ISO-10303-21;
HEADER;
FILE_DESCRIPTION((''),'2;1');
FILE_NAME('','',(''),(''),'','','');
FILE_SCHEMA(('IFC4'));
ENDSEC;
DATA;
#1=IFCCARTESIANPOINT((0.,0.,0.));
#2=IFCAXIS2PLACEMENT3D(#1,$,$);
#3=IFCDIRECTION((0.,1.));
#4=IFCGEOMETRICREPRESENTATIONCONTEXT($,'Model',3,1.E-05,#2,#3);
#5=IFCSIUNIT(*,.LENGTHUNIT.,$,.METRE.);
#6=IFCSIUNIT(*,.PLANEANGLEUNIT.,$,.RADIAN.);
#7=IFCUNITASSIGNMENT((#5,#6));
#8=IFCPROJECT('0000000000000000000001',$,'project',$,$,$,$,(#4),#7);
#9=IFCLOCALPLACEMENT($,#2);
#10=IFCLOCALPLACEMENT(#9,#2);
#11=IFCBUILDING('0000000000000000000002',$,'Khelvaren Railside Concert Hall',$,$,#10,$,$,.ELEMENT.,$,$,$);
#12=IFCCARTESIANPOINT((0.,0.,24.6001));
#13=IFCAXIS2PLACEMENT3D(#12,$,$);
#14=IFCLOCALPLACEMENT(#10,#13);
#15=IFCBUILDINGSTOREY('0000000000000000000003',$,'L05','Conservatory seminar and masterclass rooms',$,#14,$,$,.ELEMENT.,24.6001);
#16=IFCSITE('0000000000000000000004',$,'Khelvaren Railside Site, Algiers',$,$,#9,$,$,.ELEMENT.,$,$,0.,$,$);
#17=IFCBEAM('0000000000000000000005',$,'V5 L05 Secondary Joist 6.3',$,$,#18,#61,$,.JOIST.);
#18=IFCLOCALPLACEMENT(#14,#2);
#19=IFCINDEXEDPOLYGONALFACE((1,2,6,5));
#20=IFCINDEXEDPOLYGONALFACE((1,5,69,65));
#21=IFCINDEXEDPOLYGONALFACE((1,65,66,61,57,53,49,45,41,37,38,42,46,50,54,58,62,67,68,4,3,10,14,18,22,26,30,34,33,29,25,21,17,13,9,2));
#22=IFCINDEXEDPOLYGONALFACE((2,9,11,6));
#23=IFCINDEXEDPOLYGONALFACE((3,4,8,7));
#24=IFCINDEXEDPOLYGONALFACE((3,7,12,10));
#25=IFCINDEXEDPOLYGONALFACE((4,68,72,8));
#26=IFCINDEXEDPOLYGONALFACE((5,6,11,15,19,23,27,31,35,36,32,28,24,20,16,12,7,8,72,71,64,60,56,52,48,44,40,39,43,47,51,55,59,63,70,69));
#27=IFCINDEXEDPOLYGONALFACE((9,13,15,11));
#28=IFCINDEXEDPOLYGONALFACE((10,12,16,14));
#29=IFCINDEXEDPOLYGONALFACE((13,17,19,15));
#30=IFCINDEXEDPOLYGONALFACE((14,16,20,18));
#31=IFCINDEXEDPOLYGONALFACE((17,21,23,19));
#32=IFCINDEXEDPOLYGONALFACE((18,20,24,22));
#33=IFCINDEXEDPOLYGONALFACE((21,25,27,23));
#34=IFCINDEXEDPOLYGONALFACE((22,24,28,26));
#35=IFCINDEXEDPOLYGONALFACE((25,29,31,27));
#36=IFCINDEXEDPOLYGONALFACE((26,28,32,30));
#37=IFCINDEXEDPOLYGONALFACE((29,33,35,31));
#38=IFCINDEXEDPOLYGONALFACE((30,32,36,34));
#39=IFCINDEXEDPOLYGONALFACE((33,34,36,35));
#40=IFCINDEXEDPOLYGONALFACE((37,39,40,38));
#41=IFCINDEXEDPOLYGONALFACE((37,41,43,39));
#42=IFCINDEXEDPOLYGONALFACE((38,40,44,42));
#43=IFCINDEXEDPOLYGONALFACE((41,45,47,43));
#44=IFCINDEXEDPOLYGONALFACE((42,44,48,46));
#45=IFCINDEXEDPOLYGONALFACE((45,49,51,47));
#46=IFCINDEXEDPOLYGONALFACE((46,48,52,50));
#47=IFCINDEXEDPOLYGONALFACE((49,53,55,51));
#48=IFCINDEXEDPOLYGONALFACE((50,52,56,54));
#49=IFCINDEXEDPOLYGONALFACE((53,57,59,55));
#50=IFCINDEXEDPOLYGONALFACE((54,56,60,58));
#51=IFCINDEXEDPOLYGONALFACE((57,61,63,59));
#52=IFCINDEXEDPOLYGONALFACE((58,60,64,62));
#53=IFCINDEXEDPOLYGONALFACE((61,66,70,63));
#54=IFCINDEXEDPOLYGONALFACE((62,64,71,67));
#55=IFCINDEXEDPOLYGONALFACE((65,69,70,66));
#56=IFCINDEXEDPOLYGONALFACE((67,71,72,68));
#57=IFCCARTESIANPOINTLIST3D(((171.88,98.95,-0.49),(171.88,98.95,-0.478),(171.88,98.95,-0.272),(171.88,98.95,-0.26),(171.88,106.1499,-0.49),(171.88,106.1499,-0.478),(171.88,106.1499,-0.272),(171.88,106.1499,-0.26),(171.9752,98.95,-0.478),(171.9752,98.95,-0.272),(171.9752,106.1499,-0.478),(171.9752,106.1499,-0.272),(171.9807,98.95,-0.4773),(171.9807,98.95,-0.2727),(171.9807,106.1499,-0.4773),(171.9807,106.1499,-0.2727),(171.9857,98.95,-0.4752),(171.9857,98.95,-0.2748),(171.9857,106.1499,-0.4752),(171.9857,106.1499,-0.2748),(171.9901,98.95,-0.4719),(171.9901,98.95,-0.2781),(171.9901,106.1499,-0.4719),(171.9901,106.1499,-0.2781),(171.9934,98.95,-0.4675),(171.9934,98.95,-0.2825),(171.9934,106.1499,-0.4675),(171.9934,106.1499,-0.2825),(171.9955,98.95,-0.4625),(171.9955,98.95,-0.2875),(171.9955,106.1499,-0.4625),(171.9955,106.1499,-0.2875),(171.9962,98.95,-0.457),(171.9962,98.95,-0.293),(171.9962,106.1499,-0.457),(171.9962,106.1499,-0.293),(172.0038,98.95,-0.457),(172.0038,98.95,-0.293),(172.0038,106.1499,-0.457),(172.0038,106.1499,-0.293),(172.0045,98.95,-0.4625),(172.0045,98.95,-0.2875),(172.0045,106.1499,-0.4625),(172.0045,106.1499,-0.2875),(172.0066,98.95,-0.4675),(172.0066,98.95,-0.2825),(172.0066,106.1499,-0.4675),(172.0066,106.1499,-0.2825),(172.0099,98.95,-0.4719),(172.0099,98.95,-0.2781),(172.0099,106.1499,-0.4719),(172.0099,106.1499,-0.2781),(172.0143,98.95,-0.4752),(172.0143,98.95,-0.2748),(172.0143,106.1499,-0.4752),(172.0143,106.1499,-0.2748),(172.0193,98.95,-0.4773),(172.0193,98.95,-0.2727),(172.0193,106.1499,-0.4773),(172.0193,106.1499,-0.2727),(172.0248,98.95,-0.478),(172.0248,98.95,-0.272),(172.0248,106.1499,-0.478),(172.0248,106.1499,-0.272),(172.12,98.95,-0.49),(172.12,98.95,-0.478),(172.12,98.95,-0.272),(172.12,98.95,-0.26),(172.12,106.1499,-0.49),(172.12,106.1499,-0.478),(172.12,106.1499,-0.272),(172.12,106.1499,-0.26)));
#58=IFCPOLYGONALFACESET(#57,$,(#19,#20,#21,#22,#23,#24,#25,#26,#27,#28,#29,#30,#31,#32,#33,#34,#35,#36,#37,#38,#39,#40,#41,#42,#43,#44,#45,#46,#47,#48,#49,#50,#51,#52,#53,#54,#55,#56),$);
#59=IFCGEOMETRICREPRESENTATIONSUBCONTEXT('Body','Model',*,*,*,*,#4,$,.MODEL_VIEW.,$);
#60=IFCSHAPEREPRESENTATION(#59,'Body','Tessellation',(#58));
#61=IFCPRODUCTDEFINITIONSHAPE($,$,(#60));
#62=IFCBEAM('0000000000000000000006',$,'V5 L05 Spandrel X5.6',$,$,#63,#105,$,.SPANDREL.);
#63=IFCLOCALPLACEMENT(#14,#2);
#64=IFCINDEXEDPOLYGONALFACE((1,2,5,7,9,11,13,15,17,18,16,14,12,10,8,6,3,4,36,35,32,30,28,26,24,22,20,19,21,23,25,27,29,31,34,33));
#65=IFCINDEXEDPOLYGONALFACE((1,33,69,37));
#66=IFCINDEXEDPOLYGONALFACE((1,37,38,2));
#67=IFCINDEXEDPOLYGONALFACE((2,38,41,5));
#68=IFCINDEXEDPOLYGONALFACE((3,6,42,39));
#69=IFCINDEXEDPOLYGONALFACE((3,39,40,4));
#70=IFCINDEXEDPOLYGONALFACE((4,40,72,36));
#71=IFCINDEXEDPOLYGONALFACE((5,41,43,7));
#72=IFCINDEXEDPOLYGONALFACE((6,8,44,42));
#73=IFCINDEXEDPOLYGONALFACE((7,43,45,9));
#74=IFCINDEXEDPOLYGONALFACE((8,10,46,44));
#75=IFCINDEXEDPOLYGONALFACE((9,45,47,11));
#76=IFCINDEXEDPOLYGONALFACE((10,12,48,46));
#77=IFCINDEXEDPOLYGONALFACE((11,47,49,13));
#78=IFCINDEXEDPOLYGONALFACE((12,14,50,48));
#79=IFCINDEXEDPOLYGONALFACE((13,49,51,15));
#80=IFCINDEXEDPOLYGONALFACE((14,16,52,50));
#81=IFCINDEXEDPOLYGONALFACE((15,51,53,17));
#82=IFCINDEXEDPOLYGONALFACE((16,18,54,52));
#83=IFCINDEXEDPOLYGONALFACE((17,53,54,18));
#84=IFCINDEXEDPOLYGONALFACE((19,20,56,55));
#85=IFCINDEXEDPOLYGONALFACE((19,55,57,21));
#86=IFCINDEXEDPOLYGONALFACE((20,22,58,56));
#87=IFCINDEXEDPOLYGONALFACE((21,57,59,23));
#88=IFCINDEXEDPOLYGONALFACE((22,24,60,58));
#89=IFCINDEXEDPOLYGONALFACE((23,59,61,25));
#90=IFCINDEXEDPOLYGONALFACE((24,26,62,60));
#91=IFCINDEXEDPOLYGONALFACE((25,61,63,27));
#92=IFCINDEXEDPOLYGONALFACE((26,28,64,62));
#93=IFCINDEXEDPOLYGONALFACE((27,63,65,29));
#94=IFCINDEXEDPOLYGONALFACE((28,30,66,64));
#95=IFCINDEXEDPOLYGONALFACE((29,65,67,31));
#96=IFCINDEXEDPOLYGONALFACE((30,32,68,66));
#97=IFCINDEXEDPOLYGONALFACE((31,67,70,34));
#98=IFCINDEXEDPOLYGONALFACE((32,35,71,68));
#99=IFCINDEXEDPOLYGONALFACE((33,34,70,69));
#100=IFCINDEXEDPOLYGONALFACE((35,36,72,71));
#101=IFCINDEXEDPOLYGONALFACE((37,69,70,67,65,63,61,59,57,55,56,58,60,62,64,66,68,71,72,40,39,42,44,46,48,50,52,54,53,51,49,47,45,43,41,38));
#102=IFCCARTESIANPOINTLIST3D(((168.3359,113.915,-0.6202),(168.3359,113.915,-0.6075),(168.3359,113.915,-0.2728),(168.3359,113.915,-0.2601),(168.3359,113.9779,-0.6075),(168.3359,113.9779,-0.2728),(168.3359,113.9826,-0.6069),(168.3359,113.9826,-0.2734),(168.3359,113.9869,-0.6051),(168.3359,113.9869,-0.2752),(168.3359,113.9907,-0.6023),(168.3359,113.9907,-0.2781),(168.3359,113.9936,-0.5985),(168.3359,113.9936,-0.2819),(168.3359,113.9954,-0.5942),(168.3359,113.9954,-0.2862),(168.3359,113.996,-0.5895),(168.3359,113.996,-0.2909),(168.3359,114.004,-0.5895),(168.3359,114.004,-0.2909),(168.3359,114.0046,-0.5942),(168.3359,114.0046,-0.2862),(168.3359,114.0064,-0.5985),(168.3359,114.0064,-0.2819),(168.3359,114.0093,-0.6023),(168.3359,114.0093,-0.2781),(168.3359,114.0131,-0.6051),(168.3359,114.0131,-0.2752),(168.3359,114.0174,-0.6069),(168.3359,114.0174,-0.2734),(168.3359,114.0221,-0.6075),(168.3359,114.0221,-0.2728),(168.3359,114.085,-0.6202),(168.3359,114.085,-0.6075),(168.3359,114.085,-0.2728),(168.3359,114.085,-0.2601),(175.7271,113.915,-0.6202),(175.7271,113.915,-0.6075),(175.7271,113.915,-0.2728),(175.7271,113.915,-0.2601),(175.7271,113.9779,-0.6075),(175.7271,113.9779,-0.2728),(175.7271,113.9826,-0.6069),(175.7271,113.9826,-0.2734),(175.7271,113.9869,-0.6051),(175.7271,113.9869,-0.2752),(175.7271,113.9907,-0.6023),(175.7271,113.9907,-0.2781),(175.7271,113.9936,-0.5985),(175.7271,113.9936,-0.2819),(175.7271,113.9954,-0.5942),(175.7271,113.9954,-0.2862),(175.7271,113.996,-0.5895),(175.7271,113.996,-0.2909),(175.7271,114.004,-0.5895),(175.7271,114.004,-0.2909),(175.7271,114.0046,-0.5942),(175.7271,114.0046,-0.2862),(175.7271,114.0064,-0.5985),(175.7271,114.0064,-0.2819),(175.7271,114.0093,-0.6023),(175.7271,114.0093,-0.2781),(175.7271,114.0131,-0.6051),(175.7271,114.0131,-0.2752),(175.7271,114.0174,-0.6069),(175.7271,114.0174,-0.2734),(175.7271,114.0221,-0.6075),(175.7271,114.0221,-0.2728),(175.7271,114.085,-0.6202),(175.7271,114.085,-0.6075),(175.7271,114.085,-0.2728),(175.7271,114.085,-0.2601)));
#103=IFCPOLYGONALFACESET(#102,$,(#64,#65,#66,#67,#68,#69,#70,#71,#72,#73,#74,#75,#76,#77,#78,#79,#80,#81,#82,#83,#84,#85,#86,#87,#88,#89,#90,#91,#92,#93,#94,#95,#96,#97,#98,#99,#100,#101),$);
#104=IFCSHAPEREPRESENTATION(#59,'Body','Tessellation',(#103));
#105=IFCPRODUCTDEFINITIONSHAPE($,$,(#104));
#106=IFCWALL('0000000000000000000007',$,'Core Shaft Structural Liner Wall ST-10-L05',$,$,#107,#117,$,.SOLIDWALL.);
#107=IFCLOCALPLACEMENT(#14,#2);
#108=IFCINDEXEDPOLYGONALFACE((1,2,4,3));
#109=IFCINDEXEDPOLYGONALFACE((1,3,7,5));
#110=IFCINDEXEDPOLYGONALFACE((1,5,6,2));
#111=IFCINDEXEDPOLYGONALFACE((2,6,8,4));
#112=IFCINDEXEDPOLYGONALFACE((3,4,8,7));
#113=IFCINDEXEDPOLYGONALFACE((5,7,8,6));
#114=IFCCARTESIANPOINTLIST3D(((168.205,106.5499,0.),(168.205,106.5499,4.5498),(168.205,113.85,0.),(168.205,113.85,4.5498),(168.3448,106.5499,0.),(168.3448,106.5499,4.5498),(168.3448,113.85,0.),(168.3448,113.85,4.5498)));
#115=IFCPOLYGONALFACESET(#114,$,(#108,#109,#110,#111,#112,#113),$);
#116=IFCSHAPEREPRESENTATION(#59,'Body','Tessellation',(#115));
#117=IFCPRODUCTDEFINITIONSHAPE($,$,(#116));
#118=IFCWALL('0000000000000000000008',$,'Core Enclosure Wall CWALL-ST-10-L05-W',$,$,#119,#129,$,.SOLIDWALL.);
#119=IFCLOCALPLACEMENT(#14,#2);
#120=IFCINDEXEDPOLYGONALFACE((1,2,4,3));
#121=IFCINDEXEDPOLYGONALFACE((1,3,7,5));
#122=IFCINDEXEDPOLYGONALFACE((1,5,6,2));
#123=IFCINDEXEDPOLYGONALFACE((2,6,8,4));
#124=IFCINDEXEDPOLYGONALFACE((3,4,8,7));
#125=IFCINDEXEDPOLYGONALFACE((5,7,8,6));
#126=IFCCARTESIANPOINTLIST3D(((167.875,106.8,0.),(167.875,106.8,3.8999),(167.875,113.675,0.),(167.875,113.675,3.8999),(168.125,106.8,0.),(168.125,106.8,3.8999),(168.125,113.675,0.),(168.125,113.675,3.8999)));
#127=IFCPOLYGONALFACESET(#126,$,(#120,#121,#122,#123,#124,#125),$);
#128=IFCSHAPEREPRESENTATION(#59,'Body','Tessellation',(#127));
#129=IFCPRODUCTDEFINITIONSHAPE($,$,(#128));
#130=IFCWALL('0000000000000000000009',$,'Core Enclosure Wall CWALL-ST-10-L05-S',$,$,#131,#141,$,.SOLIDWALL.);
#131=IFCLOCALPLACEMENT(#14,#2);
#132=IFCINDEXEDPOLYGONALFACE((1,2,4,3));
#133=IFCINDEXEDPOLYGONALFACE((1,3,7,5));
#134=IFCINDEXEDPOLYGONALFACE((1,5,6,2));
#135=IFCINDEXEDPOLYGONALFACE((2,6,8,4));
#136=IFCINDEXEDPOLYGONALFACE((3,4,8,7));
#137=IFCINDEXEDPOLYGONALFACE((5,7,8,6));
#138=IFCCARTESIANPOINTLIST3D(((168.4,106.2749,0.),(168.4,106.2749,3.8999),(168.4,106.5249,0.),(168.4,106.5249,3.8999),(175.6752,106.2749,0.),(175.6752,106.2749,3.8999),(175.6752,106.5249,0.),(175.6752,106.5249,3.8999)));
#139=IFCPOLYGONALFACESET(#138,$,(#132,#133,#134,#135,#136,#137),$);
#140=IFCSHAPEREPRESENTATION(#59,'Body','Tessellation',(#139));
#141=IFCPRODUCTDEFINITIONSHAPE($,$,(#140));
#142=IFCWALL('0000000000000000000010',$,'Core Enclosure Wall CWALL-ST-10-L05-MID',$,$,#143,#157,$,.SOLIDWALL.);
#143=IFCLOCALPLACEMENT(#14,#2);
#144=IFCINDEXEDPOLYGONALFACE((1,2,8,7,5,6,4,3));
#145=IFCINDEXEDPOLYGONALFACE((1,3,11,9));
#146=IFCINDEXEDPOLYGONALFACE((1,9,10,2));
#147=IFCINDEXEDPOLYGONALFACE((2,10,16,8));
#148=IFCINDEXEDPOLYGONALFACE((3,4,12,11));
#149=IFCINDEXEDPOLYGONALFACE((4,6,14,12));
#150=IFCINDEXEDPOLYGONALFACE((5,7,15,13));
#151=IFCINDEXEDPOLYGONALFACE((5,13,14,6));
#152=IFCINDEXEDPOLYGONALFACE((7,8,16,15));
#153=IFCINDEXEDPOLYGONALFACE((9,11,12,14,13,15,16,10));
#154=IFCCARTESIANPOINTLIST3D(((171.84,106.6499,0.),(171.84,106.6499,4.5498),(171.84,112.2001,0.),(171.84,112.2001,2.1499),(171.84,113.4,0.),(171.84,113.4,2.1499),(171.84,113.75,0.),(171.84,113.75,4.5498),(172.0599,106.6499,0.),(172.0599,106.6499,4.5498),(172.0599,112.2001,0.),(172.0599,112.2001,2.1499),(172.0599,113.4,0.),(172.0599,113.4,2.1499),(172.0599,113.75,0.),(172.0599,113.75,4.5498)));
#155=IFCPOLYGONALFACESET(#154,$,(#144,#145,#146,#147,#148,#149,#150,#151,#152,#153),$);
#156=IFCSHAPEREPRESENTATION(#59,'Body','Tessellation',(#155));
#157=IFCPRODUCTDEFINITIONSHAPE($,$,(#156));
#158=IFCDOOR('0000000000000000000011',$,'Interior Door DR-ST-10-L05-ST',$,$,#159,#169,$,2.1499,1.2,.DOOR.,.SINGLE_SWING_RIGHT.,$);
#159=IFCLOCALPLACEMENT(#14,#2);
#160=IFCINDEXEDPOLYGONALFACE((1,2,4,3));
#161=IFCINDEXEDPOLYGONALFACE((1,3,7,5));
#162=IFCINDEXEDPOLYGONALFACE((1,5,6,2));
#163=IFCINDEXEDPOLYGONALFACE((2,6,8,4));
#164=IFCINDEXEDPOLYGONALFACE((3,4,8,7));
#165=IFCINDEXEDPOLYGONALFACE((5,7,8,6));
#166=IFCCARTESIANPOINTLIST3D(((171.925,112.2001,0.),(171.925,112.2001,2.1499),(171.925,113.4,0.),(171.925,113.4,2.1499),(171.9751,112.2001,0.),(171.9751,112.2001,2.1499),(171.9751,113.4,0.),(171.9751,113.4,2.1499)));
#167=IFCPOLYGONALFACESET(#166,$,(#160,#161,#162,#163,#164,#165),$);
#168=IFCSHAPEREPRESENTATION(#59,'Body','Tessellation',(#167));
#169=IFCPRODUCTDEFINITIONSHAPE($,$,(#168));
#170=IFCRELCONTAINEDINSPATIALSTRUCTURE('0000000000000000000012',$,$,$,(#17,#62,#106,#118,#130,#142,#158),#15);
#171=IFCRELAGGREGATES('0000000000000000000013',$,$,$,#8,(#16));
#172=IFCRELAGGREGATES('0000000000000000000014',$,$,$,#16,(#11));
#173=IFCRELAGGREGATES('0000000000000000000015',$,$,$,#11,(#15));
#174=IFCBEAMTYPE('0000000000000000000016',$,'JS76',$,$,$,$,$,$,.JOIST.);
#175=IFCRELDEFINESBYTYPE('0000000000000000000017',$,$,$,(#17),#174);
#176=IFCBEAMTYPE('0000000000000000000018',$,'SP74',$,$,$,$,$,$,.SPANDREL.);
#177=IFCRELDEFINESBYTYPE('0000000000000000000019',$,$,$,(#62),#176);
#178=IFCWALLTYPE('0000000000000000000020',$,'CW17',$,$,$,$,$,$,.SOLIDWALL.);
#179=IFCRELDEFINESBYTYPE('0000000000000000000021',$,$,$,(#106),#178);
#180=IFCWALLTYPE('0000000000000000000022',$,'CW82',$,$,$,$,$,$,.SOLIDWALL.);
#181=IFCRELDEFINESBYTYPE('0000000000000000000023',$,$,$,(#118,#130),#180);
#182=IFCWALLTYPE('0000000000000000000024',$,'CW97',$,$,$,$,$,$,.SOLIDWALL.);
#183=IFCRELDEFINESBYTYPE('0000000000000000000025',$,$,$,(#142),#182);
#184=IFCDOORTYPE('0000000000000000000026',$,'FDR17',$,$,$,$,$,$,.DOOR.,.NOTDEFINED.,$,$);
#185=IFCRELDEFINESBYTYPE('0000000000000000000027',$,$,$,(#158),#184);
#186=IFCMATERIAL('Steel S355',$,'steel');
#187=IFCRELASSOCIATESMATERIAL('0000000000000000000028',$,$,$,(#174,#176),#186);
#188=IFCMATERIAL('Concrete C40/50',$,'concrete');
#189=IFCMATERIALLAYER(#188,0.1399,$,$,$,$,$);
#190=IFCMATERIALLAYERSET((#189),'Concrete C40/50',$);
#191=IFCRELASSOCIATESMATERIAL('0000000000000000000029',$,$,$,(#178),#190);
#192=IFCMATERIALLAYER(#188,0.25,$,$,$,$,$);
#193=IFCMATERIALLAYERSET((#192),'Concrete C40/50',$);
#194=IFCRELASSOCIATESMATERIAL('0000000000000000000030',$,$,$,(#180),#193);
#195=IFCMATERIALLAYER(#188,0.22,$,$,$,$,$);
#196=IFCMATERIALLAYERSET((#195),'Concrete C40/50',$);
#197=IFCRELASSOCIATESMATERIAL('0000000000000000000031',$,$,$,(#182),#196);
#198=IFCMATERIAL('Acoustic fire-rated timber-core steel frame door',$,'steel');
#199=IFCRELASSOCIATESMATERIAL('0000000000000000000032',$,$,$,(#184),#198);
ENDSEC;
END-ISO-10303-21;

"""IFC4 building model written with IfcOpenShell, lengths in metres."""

from ifc_helpers import new_model, si_unit, direction, frame, frame_2d, origin, origin_2d, place, context, subcontext, project, spatial, rectangle, i_section, extrude, material, layer, layer_set, material_profile, profile_set, type_object, element, fill, save


model = new_model("IFC4")

# Units and contexts
model_context = context("Model", 3, precision=1e-05, world=origin(), true_north=direction((0.0, 1.0)))
body_context = subcontext(model_context, "Body", "Model", "MODEL_VIEW")
ifc_project = project(units=[si_unit("LENGTHUNIT", "METRE"), si_unit("PLANEANGLEUNIT", "RADIAN")], contexts=[model_context])

# Site, building, storey
site_placement = place(None, origin())
site = spatial("IfcSite", under=ifc_project, at=site_placement, Name="Khelvaren Railside Site, Algiers", CompositionType="ELEMENT", RefElevation=0.0)
building_placement = place(site_placement, origin())
building = spatial("IfcBuilding", under=site, at=building_placement, Name="Khelvaren Railside Concert Hall", CompositionType="ELEMENT")
storey_placement = place(building_placement, frame((0.0, 0.0, 24.6001)))
storey = spatial("IfcBuildingStorey", under=building, at=storey_placement, Name="L05", Description="Conservatory seminar and masterclass rooms", CompositionType="ELEMENT", Elevation=24.6001)

# Beams
ifc_material_1 = material(Name="Steel S355", Category="steel")
ifc_material_2 = material(Name="Concrete C40/50", Category="concrete")
ifc_material_profile_1 = material_profile(ifc_material_1, i_section(OverallWidth=0.24, OverallDepth=0.23, WebThickness=0.0076, FlangeThickness=0.012, FilletRadius=0.021, at=origin_2d()), Name="HEA 240")
ifc_profile_set_1 = profile_set([ifc_material_profile_1], Name="Steel S355")
beam_type_1 = type_object("IfcBeamType", Name="JS76", PredefinedType="JOIST", material=ifc_profile_set_1)
beam_1_placement = place(storey_placement, frame((172.0, 98.95, -0.375), z_axis=(0.0, 1.0, 0.0), x_axis=(-1.0, 0.0, 0.0)))
element("IfcBeam", 1, at=beam_1_placement, inside=storey, type_object=beam_type_1, Name="V5 L05 Secondary Joist 6.3", PredefinedType="JOIST", context=body_context, shape_type="SweptSolid", body=[
    extrude(i_section(OverallWidth=0.24, OverallDepth=0.23, WebThickness=0.0076, FlangeThickness=0.012, FilletRadius=0.021, at=origin_2d()), origin(), (0.0, 0.0, 1.0), 7.2),
])
ifc_material_profile_2 = material_profile(ifc_material_1, i_section(OverallWidth=0.1699, OverallDepth=0.3601, WebThickness=0.0081, FlangeThickness=0.0127, FilletRadius=0.0181, at=origin_2d()), Name="IPE 360")
ifc_profile_set_2 = profile_set([ifc_material_profile_2], Name="Steel S355")
beam_type_2 = type_object("IfcBeamType", Name="SP74", PredefinedType="SPANDREL", material=ifc_profile_set_2)
beam_2_placement = place(storey_placement, frame((168.3359, 114.0, -0.4402), z_axis=(1.0, 0.0, 0.0), x_axis=(0.0, 1.0, 0.0)))
element("IfcBeam", 2, at=beam_2_placement, inside=storey, type_object=beam_type_2, Name="V5 L05 Spandrel X5.6", PredefinedType="SPANDREL", context=body_context, shape_type="SweptSolid", body=[
    extrude(i_section(OverallWidth=0.1699, OverallDepth=0.3601, WebThickness=0.0081, FlangeThickness=0.0127, FilletRadius=0.0181, at=origin_2d()), origin(), (0.0, 0.0, 1.0), 7.3911),
])

# Walls
ifc_layer_1 = layer(ifc_material_2, 0.1399)
ifc_layer_set_1 = layer_set([ifc_layer_1], Name="Concrete C40/50")
wall_type_1 = type_object("IfcWallType", Name="CW17", PredefinedType="SOLIDWALL", material=ifc_layer_set_1)
wall_1_placement = place(storey_placement, frame((168.2749, 106.55, 0.0), z_axis=(0.0, 0.0, 1.0), x_axis=(0.0, 1.0, 0.0)))
element("IfcWall", 3, at=wall_1_placement, inside=storey, type_object=wall_type_1, Name="Core Shaft Structural Liner Wall ST-10-L05", PredefinedType="SOLIDWALL", context=body_context, shape_type="SweptSolid", body=[
    extrude(rectangle(XDim=7.3, YDim=0.1399, at=frame_2d((3.6499, 0.0))), origin(), (0.0, 0.0, 1.0), 4.5498),
])
ifc_layer_2 = layer(ifc_material_2, 0.25)
ifc_layer_set_2 = layer_set([ifc_layer_2], Name="Concrete C40/50")
wall_type_2 = type_object("IfcWallType", Name="CW82", PredefinedType="SOLIDWALL", material=ifc_layer_set_2)
wall_2_placement = place(storey_placement, frame((168.0, 106.8, 0.0), z_axis=(0.0, 0.0, 1.0), x_axis=(0.0, 1.0, 0.0)))
element("IfcWall", 4, at=wall_2_placement, inside=storey, type_object=wall_type_2, Name="Core Enclosure Wall CWALL-ST-10-L05-W", PredefinedType="SOLIDWALL", context=body_context, shape_type="SweptSolid", body=[
    extrude(rectangle(XDim=6.875, YDim=0.25, at=frame_2d((3.4375, 0.0))), origin(), (0.0, 0.0, 1.0), 3.8999),
])
wall_3_placement = place(storey_placement, frame((168.3999, 106.3999, 0.0), z_axis=(0.0, 0.0, 1.0), x_axis=(1.0, 0.0, 0.0)))
element("IfcWall", 5, at=wall_3_placement, inside=storey, type_object=wall_type_2, Name="Core Enclosure Wall CWALL-ST-10-L05-S", PredefinedType="SOLIDWALL", context=body_context, shape_type="SweptSolid", body=[
    extrude(rectangle(XDim=7.2751, YDim=0.25, at=frame_2d((3.6377, 0.0))), origin(), (0.0, 0.0, 1.0), 3.8999),
])

# Wall, opening, door
ifc_layer_3 = layer(ifc_material_2, 0.22)
ifc_layer_set_3 = layer_set([ifc_layer_3], Name="Concrete C40/50")
wall_type_3 = type_object("IfcWallType", Name="CW97", PredefinedType="SOLIDWALL", material=ifc_layer_set_3)
wall_4_placement = place(storey_placement, frame((171.95, 106.6499, 0.0), z_axis=(0.0, 0.0, 1.0), x_axis=(0.0, 1.0, 0.0)))
wall_4 = element("IfcWall", 6, at=wall_4_placement, inside=storey, type_object=wall_type_3, Name="Core Enclosure Wall CWALL-ST-10-L05-MID", PredefinedType="SOLIDWALL", context=body_context, shape_type="SweptSolid", body=[
    extrude(rectangle(XDim=7.1001, YDim=0.22, at=frame_2d((3.55, 0.0))), origin(), (0.0, 0.0, 1.0), 4.5498),
])
opening_1_placement = place(wall_4_placement, frame((5.55, 0.0, 0.0)))
opening_1 = element("IfcOpeningElement", 7, at=opening_1_placement, cuts=wall_4, PredefinedType="OPENING", context=body_context, shape_type="SweptSolid", body=[
    extrude(rectangle(XDim=1.2, YDim=2.1499, at=frame_2d((0.6001, 1.075))), frame((0.0, 0.1199, 0.0), z_axis=(0.0, -1.0, 0.0), x_axis=(1.0, 0.0, 0.0)), (0.0, 0.0, 1.0), 0.24),
])
ifc_material_3 = material(Name="Acoustic fire-rated timber-core steel frame door", Category="steel")
door_type_1 = type_object("IfcDoorType", Name="FDR17", OperationType="NOTDEFINED", PredefinedType="DOOR", material=ifc_material_3)
door_1_placement = place(opening_1_placement, origin())
door_1 = element("IfcDoor", 8, at=door_1_placement, inside=storey, type_object=door_type_1, Name="Interior Door DR-ST-10-L05-ST", OperationType="SINGLE_SWING_RIGHT", OverallHeight=2.1499, OverallWidth=1.2, PredefinedType="DOOR", context=body_context, shape_type="SweptSolid", body=[
    extrude(rectangle(XDim=1.2, YDim=2.1499, at=frame_2d((0.6001, 1.075))), frame((0.0, 0.0249, 0.0), z_axis=(0.0, -1.0, 0.0), x_axis=(1.0, 0.0, 0.0)), (0.0, 0.0, 1.0), 0.05),
])
fill(opening_1, door_1)

save(model, "model.ifc")
